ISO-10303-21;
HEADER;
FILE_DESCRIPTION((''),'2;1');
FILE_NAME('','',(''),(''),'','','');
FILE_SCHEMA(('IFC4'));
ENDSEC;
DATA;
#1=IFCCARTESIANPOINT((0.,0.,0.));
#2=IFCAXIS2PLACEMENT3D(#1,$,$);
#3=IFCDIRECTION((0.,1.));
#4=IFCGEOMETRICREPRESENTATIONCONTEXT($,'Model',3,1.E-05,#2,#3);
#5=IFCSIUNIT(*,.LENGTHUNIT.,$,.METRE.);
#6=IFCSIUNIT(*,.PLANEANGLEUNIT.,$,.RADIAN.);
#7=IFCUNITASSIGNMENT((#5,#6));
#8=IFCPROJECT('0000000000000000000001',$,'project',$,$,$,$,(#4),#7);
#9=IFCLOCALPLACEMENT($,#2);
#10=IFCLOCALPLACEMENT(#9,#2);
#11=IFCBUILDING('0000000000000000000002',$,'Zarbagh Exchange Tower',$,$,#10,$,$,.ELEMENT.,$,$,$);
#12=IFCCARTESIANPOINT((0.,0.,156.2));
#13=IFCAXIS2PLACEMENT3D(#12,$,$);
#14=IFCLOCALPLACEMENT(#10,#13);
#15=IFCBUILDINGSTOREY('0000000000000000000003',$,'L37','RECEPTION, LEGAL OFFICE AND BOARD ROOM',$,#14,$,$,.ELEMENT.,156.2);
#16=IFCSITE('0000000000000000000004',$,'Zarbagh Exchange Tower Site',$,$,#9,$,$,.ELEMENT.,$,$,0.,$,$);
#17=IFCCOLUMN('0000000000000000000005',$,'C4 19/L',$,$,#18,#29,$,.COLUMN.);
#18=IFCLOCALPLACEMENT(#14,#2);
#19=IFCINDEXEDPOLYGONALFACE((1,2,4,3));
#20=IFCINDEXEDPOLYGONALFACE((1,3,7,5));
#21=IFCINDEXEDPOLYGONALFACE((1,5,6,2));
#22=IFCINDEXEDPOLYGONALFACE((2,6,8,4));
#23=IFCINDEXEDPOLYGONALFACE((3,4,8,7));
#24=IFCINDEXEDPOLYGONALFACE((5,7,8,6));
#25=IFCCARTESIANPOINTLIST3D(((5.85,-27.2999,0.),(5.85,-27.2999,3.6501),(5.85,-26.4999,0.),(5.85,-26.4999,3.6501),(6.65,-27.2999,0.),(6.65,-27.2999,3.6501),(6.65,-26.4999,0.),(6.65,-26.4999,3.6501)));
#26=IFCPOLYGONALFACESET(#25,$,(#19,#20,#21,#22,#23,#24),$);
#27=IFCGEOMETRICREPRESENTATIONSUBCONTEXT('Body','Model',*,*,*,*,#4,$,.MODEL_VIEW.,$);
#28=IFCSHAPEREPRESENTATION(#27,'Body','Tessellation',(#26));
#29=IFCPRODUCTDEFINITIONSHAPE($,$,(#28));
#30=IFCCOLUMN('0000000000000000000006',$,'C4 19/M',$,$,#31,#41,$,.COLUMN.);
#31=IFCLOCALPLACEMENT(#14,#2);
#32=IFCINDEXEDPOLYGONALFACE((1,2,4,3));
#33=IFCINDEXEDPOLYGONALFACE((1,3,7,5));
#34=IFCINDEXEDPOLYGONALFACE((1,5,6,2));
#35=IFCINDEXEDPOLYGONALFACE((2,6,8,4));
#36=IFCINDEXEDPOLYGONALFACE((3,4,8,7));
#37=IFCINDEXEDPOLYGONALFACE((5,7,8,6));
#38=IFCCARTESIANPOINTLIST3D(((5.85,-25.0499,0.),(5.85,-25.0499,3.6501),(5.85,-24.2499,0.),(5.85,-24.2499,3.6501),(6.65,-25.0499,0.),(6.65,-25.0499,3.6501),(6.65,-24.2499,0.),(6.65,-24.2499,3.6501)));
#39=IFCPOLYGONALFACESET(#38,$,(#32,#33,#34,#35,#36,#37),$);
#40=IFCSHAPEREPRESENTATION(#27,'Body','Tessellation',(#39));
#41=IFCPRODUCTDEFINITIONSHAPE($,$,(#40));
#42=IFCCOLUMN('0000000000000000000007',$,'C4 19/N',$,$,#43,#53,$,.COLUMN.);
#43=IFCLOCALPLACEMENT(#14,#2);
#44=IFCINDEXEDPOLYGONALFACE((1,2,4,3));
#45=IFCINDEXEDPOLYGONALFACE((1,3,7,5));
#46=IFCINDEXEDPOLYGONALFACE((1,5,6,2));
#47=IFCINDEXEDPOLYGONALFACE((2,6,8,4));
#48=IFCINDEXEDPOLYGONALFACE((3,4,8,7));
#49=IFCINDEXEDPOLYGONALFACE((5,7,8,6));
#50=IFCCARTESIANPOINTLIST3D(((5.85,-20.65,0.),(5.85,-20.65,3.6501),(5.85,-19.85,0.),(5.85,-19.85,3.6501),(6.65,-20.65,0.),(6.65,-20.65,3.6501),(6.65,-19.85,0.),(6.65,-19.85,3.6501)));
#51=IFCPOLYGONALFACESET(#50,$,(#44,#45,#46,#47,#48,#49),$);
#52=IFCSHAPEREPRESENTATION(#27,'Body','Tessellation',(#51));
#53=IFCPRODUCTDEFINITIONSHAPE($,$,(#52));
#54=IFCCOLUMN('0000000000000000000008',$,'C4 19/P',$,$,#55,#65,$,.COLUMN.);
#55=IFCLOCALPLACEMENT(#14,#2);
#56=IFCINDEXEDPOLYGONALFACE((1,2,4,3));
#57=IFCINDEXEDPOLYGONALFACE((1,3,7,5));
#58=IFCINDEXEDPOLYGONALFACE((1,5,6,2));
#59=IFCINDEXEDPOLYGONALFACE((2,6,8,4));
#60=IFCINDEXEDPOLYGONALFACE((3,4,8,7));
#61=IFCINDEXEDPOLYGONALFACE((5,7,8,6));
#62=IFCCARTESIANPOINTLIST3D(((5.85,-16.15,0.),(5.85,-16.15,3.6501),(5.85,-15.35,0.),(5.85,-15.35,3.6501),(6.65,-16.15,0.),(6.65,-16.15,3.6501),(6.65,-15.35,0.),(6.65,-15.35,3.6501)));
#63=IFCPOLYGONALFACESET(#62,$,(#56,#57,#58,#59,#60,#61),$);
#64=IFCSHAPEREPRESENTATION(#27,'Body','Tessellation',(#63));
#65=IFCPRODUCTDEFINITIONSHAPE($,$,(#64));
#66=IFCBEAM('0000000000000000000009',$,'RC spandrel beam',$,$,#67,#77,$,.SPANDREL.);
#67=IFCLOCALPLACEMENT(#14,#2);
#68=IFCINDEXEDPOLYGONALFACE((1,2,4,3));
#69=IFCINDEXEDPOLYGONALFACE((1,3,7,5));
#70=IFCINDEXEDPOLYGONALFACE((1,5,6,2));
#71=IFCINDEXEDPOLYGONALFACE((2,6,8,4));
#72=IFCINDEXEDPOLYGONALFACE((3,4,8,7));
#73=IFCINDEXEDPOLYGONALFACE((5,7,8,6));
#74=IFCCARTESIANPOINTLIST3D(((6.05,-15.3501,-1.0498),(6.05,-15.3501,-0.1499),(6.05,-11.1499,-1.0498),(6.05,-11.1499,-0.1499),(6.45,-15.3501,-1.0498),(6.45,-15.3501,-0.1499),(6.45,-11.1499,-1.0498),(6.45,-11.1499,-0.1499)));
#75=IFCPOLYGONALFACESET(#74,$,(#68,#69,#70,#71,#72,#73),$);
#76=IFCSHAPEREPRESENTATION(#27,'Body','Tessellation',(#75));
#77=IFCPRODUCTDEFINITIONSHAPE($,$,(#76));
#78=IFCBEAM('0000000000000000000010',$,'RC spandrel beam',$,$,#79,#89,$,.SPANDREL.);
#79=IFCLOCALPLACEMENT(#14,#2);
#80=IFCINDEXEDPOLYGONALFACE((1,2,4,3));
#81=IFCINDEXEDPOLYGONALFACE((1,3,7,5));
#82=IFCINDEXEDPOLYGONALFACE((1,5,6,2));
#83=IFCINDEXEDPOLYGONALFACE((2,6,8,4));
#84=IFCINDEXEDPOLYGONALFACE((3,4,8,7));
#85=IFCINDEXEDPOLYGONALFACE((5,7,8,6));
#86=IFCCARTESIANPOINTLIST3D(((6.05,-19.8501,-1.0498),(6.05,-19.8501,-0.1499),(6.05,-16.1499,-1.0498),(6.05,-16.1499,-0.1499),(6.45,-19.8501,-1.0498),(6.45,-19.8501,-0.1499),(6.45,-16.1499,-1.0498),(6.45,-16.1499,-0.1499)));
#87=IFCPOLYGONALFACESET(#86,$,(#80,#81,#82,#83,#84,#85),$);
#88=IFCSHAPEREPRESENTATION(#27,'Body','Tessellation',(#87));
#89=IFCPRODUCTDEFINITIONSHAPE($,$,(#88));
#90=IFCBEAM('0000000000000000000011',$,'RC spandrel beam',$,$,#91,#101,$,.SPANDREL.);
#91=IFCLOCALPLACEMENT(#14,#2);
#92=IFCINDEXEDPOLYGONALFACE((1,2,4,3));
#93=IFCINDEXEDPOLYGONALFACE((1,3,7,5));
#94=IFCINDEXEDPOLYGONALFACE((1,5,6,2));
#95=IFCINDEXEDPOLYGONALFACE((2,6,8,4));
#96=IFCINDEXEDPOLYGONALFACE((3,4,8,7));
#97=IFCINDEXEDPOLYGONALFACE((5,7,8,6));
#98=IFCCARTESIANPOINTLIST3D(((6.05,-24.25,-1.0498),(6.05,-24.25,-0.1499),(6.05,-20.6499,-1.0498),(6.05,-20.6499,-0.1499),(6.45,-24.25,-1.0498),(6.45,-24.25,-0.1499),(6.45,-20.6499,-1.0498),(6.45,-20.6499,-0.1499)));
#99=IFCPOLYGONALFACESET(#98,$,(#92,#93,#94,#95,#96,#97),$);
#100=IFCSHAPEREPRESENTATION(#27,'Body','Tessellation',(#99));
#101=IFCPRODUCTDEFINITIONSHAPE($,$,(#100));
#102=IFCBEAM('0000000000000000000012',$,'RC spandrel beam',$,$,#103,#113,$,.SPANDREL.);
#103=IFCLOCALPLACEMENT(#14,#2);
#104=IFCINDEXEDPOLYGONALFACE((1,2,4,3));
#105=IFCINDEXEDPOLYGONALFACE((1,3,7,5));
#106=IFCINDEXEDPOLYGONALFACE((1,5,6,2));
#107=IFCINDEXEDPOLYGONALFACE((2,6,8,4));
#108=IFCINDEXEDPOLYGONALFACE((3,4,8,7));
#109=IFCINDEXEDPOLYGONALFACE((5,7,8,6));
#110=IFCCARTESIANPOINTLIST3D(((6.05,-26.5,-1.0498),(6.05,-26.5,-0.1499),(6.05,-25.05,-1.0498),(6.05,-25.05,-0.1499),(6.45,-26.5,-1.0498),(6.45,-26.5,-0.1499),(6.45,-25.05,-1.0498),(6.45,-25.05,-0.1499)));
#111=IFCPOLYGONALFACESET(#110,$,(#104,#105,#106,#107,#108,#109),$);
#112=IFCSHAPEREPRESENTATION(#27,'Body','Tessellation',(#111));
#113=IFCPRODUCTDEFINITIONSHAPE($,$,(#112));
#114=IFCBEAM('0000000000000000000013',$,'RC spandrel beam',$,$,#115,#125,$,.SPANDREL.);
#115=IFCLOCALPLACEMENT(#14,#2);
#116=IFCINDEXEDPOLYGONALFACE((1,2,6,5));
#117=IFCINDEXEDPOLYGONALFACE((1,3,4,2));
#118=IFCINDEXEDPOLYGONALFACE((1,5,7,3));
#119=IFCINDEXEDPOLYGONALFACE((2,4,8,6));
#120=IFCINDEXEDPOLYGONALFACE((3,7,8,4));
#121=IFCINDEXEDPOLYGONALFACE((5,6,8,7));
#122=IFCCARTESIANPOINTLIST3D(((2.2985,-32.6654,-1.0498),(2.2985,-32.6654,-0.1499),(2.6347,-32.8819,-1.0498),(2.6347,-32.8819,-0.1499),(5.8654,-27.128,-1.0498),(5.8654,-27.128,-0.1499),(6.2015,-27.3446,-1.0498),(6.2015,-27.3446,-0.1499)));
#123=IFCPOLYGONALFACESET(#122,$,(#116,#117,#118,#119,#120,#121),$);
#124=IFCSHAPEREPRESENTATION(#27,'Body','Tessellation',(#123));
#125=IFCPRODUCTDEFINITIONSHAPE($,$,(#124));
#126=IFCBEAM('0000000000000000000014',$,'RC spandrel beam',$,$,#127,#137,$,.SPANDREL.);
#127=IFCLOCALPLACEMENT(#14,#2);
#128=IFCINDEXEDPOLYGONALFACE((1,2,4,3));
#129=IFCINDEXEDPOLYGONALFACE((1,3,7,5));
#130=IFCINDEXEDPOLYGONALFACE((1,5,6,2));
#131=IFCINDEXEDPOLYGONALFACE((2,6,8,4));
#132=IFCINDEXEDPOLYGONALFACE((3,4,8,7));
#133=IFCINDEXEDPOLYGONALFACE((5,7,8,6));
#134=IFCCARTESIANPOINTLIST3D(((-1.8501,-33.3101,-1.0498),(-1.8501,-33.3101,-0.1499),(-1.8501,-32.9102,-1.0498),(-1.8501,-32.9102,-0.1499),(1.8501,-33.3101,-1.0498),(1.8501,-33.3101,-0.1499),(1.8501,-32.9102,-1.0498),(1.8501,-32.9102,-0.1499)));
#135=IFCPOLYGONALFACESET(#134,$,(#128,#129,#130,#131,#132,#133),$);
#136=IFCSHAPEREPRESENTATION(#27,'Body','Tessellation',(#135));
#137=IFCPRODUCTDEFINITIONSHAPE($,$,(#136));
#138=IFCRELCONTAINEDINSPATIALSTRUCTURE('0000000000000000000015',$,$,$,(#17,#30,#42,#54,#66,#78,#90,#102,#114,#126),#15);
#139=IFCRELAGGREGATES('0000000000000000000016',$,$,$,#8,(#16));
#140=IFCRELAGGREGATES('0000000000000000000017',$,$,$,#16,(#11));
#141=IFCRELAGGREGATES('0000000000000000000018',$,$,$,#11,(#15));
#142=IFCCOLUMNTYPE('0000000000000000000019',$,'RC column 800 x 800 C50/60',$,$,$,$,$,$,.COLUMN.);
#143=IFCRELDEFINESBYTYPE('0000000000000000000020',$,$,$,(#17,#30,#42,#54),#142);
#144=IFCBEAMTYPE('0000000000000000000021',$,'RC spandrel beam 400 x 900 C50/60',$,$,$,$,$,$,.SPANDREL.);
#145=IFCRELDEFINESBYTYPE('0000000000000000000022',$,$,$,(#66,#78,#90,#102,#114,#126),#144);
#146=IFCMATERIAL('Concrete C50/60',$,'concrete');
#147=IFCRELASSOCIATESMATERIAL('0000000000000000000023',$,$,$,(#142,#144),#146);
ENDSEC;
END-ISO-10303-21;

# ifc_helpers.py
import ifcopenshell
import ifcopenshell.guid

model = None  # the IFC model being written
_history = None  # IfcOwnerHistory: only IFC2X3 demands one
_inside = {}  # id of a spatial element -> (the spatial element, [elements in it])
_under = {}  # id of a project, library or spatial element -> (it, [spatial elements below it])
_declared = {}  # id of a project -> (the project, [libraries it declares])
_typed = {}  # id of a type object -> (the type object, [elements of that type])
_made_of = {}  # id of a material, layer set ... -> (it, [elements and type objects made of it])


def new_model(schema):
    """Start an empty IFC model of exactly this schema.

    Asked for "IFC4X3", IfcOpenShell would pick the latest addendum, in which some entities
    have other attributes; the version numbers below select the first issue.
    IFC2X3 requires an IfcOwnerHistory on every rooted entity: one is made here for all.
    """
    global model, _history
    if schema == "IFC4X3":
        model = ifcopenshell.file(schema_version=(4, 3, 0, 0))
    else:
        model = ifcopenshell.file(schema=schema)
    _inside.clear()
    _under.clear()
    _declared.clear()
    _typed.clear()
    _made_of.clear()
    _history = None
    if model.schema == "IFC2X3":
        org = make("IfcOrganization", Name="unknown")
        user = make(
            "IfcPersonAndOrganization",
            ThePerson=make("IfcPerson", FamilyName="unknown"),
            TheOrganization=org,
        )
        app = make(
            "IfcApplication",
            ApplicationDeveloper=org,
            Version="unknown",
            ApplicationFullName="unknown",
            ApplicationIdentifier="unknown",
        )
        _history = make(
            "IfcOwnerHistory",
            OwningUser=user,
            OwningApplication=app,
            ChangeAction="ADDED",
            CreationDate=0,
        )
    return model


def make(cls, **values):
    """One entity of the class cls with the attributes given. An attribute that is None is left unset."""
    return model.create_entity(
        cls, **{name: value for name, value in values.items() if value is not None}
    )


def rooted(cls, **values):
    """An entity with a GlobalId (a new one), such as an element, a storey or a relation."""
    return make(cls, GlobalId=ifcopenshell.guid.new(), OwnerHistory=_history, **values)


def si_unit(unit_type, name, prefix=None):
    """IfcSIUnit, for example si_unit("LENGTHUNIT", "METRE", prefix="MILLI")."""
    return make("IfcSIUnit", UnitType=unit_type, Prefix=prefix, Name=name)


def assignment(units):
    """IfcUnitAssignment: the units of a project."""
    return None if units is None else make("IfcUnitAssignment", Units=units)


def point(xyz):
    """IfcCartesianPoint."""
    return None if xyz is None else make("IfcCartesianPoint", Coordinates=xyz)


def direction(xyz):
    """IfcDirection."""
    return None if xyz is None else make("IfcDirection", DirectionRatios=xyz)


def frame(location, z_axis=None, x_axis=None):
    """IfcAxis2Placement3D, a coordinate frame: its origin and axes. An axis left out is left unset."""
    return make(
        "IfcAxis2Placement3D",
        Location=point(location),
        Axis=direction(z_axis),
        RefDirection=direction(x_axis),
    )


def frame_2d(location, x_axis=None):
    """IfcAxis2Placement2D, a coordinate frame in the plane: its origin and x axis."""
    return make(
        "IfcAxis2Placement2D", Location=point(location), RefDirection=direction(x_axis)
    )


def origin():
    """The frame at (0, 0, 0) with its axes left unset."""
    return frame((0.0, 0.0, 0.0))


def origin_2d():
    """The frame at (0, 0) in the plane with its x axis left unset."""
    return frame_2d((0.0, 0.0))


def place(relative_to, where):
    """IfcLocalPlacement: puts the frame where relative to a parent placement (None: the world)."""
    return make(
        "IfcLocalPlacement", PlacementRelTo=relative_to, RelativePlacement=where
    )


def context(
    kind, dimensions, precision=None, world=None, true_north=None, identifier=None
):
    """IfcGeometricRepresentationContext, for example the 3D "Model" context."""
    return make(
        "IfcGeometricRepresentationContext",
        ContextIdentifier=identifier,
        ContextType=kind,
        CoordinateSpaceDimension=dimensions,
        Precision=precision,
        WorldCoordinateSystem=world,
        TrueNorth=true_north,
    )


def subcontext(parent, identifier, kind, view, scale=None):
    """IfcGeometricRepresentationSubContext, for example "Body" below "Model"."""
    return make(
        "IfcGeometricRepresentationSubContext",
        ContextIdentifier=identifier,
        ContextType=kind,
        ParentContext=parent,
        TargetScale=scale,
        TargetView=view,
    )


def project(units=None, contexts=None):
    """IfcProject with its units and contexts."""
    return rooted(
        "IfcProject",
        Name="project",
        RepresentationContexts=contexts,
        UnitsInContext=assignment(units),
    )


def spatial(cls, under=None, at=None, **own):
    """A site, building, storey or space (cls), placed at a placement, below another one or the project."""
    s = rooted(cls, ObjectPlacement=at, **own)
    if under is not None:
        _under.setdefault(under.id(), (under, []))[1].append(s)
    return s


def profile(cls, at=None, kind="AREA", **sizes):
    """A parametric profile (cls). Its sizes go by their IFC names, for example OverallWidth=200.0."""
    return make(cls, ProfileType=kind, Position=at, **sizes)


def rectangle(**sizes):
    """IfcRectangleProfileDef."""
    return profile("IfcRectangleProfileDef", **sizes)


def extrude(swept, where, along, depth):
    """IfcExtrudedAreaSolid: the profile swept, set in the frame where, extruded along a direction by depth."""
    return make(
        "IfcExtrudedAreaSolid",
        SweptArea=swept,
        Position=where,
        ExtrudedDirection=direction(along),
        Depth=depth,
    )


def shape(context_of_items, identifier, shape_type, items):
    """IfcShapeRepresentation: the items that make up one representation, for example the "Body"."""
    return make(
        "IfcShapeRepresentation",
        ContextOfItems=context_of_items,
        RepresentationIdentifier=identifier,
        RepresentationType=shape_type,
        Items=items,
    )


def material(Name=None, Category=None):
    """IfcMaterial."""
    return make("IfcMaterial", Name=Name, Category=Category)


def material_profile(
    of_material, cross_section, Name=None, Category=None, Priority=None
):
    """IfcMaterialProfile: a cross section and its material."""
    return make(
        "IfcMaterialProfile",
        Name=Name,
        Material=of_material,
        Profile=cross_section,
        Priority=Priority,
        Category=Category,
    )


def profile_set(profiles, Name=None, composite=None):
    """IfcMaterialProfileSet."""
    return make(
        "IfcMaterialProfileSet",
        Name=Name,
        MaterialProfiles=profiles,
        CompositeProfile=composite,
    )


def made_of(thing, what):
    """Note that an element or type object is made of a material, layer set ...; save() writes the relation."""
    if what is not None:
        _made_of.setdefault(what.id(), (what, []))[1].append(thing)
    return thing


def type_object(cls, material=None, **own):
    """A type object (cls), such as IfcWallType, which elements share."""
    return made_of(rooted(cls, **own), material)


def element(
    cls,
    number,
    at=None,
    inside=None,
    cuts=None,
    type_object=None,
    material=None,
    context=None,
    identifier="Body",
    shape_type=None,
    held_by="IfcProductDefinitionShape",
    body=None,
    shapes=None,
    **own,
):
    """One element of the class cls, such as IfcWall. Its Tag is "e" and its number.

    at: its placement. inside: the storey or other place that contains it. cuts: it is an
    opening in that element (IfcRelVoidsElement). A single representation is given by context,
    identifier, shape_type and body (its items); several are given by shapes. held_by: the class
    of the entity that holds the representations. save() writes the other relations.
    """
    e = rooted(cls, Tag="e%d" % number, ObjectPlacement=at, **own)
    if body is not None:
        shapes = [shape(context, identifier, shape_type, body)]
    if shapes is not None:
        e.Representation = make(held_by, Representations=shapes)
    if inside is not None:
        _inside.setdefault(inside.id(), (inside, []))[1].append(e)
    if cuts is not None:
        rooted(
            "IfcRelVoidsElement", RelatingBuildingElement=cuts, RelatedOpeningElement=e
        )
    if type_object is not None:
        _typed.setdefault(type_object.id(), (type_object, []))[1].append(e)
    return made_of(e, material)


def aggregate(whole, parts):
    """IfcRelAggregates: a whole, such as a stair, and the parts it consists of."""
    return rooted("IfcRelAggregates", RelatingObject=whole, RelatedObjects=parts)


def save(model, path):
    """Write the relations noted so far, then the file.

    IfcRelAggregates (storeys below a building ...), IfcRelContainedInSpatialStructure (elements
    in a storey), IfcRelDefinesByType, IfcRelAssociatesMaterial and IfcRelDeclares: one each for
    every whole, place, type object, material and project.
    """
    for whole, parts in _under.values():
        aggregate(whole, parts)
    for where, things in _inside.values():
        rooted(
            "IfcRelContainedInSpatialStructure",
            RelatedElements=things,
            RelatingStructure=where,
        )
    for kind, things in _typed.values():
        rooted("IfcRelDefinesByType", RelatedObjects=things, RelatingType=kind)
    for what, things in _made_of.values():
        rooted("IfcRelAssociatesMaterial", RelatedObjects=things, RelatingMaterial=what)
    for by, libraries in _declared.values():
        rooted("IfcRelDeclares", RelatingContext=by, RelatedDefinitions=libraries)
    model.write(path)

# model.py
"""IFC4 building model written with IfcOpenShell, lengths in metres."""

from ifc_helpers import new_model, si_unit, direction, frame, origin, origin_2d, place, context, subcontext, project, spatial, rectangle, extrude, material, material_profile, profile_set, type_object, element, save


model = new_model("IFC4")

# Units and contexts
model_context = context("Model", 3, precision=1e-05, world=origin(), true_north=direction((0.0, 1.0)))
body_context = subcontext(model_context, "Body", "Model", "MODEL_VIEW")
ifc_project = project(units=[si_unit("LENGTHUNIT", "METRE"), si_unit("PLANEANGLEUNIT", "RADIAN")], contexts=[model_context])

# Site, building, storey
site_placement = place(None, origin())
site = spatial("IfcSite", under=ifc_project, at=site_placement, Name="Zarbagh Exchange Tower Site", CompositionType="ELEMENT", RefElevation=0.0)
building_placement = place(site_placement, origin())
building = spatial("IfcBuilding", under=site, at=building_placement, Name="Zarbagh Exchange Tower", CompositionType="ELEMENT")
storey_placement = place(building_placement, frame((0.0, 0.0, 156.2)))
storey = spatial("IfcBuildingStorey", under=building, at=storey_placement, Name="L37", Description="RECEPTION, LEGAL OFFICE AND BOARD ROOM", CompositionType="ELEMENT", Elevation=156.2)

# Columns
ifc_material_1 = material(Name="Concrete C50/60", Category="concrete")
ifc_material_profile_1 = material_profile(ifc_material_1, rectangle(XDim=0.8, YDim=0.8, at=origin_2d()), Name="RC column 800 x 800 C50/60")
ifc_profile_set_1 = profile_set([ifc_material_profile_1], Name="Concrete C50/60")
column_type = type_object("IfcColumnType", Name="RC column 800 x 800 C50/60", PredefinedType="COLUMN", material=ifc_profile_set_1)
for number, where, z_axis, x_axis, name in (
    (1, (6.25, -26.8999, 0.0), (0.0, 0.0, 1.0), (1.0, 0.0, 0.0), "C4 19/L"),
    (2, (6.25, -24.6499, 0.0), (0.0, 0.0, 1.0), (1.0, 0.0, 0.0), "C4 19/M"),
    (3, (6.25, -20.25, 0.0), (0.0, 0.0, 1.0), (1.0, 0.0, 0.0), "C4 19/N"),
    (4, (6.25, -15.75, 0.0), (0.0, 0.0, 1.0), (1.0, 0.0, 0.0), "C4 19/P"),
):
    element("IfcColumn", number, at=place(storey_placement, frame(where, z_axis=z_axis, x_axis=x_axis)), inside=storey, type_object=column_type, Name=name, PredefinedType="COLUMN", context=body_context, shape_type="SweptSolid", body=[
        extrude(rectangle(XDim=0.8, YDim=0.8, at=origin_2d()), origin(), (0.0, 0.0, 1.0), 3.6501),
    ])

# Beams
ifc_material_profile_2 = material_profile(ifc_material_1, rectangle(XDim=0.3999, YDim=0.8999, at=origin_2d()), Name="RC spandrel beam 400 x 900 C50/60")
ifc_profile_set_2 = profile_set([ifc_material_profile_2], Name="Concrete C50/60")
beam_type = type_object("IfcBeamType", Name="RC spandrel beam 400 x 900 C50/60", PredefinedType="SPANDREL", material=ifc_profile_set_2)
beam_1_placement = place(storey_placement, frame((6.25, -11.1499, -0.5999), z_axis=(0.0, -1.0, 0.0), x_axis=(1.0, 0.0, 0.0)))
element("IfcBeam", 5, at=beam_1_placement, inside=storey, type_object=beam_type, Name="RC spandrel beam", PredefinedType="SPANDREL", context=body_context, shape_type="SweptSolid", body=[
    extrude(rectangle(XDim=0.3999, YDim=0.8999, at=origin_2d()), origin(), (0.0, 0.0, 1.0), 4.2002),
])
beam_2_placement = place(storey_placement, frame((6.25, -16.1499, -0.5999), z_axis=(0.0, -1.0, 0.0), x_axis=(1.0, 0.0, 0.0)))
element("IfcBeam", 6, at=beam_2_placement, inside=storey, type_object=beam_type, Name="RC spandrel beam", PredefinedType="SPANDREL", context=body_context, shape_type="SweptSolid", body=[
    extrude(rectangle(XDim=0.3999, YDim=0.8999, at=origin_2d()), origin(), (0.0, 0.0, 1.0), 3.7002),
])
beam_3_placement = place(storey_placement, frame((6.25, -20.6499, -0.5999), z_axis=(0.0, -1.0, 0.0), x_axis=(1.0, 0.0, 0.0)))
element("IfcBeam", 7, at=beam_3_placement, inside=storey, type_object=beam_type, Name="RC spandrel beam", PredefinedType="SPANDREL", context=body_context, shape_type="SweptSolid", body=[
    extrude(rectangle(XDim=0.3999, YDim=0.8999, at=origin_2d()), origin(), (0.0, 0.0, 1.0), 3.6001),
])
beam_4_placement = place(storey_placement, frame((6.25, -25.05, -0.5999), z_axis=(0.0, -1.0, 0.0), x_axis=(1.0, 0.0, 0.0)))
element("IfcBeam", 8, at=beam_4_placement, inside=storey, type_object=beam_type, Name="RC spandrel beam", PredefinedType="SPANDREL", context=body_context, shape_type="SweptSolid", body=[
    extrude(rectangle(XDim=0.3999, YDim=0.8999, at=origin_2d()), origin(), (0.0, 0.0, 1.0), 1.45),
])
beam_5_placement = place(storey_placement, frame((6.0334, -27.2363, -0.5999), z_axis=(-0.541527, -0.840683, 0.0), x_axis=(0.840683, -0.541527, 0.0)))
element("IfcBeam", 9, at=beam_5_placement, inside=storey, type_object=beam_type, Name="RC spandrel beam", PredefinedType="SPANDREL", context=body_context, shape_type="SweptSolid", body=[
    extrude(rectangle(XDim=0.3999, YDim=0.8999, at=origin_2d()), origin(), (0.0, 0.0, 1.0), 6.5867),
])
beam_6_placement = place(storey_placement, frame((1.8501, -33.1101, -0.5999), z_axis=(-1.0, 0.0, 0.0), x_axis=(0.0, -1.0, 0.0)))
element("IfcBeam", 10, at=beam_6_placement, inside=storey, type_object=beam_type, Name="RC spandrel beam", PredefinedType="SPANDREL", context=body_context, shape_type="SweptSolid", body=[
    extrude(rectangle(XDim=0.3999, YDim=0.8999, at=origin_2d()), origin(), (0.0, 0.0, 1.0), 3.7002),
])

save(model, "model.ifc")
